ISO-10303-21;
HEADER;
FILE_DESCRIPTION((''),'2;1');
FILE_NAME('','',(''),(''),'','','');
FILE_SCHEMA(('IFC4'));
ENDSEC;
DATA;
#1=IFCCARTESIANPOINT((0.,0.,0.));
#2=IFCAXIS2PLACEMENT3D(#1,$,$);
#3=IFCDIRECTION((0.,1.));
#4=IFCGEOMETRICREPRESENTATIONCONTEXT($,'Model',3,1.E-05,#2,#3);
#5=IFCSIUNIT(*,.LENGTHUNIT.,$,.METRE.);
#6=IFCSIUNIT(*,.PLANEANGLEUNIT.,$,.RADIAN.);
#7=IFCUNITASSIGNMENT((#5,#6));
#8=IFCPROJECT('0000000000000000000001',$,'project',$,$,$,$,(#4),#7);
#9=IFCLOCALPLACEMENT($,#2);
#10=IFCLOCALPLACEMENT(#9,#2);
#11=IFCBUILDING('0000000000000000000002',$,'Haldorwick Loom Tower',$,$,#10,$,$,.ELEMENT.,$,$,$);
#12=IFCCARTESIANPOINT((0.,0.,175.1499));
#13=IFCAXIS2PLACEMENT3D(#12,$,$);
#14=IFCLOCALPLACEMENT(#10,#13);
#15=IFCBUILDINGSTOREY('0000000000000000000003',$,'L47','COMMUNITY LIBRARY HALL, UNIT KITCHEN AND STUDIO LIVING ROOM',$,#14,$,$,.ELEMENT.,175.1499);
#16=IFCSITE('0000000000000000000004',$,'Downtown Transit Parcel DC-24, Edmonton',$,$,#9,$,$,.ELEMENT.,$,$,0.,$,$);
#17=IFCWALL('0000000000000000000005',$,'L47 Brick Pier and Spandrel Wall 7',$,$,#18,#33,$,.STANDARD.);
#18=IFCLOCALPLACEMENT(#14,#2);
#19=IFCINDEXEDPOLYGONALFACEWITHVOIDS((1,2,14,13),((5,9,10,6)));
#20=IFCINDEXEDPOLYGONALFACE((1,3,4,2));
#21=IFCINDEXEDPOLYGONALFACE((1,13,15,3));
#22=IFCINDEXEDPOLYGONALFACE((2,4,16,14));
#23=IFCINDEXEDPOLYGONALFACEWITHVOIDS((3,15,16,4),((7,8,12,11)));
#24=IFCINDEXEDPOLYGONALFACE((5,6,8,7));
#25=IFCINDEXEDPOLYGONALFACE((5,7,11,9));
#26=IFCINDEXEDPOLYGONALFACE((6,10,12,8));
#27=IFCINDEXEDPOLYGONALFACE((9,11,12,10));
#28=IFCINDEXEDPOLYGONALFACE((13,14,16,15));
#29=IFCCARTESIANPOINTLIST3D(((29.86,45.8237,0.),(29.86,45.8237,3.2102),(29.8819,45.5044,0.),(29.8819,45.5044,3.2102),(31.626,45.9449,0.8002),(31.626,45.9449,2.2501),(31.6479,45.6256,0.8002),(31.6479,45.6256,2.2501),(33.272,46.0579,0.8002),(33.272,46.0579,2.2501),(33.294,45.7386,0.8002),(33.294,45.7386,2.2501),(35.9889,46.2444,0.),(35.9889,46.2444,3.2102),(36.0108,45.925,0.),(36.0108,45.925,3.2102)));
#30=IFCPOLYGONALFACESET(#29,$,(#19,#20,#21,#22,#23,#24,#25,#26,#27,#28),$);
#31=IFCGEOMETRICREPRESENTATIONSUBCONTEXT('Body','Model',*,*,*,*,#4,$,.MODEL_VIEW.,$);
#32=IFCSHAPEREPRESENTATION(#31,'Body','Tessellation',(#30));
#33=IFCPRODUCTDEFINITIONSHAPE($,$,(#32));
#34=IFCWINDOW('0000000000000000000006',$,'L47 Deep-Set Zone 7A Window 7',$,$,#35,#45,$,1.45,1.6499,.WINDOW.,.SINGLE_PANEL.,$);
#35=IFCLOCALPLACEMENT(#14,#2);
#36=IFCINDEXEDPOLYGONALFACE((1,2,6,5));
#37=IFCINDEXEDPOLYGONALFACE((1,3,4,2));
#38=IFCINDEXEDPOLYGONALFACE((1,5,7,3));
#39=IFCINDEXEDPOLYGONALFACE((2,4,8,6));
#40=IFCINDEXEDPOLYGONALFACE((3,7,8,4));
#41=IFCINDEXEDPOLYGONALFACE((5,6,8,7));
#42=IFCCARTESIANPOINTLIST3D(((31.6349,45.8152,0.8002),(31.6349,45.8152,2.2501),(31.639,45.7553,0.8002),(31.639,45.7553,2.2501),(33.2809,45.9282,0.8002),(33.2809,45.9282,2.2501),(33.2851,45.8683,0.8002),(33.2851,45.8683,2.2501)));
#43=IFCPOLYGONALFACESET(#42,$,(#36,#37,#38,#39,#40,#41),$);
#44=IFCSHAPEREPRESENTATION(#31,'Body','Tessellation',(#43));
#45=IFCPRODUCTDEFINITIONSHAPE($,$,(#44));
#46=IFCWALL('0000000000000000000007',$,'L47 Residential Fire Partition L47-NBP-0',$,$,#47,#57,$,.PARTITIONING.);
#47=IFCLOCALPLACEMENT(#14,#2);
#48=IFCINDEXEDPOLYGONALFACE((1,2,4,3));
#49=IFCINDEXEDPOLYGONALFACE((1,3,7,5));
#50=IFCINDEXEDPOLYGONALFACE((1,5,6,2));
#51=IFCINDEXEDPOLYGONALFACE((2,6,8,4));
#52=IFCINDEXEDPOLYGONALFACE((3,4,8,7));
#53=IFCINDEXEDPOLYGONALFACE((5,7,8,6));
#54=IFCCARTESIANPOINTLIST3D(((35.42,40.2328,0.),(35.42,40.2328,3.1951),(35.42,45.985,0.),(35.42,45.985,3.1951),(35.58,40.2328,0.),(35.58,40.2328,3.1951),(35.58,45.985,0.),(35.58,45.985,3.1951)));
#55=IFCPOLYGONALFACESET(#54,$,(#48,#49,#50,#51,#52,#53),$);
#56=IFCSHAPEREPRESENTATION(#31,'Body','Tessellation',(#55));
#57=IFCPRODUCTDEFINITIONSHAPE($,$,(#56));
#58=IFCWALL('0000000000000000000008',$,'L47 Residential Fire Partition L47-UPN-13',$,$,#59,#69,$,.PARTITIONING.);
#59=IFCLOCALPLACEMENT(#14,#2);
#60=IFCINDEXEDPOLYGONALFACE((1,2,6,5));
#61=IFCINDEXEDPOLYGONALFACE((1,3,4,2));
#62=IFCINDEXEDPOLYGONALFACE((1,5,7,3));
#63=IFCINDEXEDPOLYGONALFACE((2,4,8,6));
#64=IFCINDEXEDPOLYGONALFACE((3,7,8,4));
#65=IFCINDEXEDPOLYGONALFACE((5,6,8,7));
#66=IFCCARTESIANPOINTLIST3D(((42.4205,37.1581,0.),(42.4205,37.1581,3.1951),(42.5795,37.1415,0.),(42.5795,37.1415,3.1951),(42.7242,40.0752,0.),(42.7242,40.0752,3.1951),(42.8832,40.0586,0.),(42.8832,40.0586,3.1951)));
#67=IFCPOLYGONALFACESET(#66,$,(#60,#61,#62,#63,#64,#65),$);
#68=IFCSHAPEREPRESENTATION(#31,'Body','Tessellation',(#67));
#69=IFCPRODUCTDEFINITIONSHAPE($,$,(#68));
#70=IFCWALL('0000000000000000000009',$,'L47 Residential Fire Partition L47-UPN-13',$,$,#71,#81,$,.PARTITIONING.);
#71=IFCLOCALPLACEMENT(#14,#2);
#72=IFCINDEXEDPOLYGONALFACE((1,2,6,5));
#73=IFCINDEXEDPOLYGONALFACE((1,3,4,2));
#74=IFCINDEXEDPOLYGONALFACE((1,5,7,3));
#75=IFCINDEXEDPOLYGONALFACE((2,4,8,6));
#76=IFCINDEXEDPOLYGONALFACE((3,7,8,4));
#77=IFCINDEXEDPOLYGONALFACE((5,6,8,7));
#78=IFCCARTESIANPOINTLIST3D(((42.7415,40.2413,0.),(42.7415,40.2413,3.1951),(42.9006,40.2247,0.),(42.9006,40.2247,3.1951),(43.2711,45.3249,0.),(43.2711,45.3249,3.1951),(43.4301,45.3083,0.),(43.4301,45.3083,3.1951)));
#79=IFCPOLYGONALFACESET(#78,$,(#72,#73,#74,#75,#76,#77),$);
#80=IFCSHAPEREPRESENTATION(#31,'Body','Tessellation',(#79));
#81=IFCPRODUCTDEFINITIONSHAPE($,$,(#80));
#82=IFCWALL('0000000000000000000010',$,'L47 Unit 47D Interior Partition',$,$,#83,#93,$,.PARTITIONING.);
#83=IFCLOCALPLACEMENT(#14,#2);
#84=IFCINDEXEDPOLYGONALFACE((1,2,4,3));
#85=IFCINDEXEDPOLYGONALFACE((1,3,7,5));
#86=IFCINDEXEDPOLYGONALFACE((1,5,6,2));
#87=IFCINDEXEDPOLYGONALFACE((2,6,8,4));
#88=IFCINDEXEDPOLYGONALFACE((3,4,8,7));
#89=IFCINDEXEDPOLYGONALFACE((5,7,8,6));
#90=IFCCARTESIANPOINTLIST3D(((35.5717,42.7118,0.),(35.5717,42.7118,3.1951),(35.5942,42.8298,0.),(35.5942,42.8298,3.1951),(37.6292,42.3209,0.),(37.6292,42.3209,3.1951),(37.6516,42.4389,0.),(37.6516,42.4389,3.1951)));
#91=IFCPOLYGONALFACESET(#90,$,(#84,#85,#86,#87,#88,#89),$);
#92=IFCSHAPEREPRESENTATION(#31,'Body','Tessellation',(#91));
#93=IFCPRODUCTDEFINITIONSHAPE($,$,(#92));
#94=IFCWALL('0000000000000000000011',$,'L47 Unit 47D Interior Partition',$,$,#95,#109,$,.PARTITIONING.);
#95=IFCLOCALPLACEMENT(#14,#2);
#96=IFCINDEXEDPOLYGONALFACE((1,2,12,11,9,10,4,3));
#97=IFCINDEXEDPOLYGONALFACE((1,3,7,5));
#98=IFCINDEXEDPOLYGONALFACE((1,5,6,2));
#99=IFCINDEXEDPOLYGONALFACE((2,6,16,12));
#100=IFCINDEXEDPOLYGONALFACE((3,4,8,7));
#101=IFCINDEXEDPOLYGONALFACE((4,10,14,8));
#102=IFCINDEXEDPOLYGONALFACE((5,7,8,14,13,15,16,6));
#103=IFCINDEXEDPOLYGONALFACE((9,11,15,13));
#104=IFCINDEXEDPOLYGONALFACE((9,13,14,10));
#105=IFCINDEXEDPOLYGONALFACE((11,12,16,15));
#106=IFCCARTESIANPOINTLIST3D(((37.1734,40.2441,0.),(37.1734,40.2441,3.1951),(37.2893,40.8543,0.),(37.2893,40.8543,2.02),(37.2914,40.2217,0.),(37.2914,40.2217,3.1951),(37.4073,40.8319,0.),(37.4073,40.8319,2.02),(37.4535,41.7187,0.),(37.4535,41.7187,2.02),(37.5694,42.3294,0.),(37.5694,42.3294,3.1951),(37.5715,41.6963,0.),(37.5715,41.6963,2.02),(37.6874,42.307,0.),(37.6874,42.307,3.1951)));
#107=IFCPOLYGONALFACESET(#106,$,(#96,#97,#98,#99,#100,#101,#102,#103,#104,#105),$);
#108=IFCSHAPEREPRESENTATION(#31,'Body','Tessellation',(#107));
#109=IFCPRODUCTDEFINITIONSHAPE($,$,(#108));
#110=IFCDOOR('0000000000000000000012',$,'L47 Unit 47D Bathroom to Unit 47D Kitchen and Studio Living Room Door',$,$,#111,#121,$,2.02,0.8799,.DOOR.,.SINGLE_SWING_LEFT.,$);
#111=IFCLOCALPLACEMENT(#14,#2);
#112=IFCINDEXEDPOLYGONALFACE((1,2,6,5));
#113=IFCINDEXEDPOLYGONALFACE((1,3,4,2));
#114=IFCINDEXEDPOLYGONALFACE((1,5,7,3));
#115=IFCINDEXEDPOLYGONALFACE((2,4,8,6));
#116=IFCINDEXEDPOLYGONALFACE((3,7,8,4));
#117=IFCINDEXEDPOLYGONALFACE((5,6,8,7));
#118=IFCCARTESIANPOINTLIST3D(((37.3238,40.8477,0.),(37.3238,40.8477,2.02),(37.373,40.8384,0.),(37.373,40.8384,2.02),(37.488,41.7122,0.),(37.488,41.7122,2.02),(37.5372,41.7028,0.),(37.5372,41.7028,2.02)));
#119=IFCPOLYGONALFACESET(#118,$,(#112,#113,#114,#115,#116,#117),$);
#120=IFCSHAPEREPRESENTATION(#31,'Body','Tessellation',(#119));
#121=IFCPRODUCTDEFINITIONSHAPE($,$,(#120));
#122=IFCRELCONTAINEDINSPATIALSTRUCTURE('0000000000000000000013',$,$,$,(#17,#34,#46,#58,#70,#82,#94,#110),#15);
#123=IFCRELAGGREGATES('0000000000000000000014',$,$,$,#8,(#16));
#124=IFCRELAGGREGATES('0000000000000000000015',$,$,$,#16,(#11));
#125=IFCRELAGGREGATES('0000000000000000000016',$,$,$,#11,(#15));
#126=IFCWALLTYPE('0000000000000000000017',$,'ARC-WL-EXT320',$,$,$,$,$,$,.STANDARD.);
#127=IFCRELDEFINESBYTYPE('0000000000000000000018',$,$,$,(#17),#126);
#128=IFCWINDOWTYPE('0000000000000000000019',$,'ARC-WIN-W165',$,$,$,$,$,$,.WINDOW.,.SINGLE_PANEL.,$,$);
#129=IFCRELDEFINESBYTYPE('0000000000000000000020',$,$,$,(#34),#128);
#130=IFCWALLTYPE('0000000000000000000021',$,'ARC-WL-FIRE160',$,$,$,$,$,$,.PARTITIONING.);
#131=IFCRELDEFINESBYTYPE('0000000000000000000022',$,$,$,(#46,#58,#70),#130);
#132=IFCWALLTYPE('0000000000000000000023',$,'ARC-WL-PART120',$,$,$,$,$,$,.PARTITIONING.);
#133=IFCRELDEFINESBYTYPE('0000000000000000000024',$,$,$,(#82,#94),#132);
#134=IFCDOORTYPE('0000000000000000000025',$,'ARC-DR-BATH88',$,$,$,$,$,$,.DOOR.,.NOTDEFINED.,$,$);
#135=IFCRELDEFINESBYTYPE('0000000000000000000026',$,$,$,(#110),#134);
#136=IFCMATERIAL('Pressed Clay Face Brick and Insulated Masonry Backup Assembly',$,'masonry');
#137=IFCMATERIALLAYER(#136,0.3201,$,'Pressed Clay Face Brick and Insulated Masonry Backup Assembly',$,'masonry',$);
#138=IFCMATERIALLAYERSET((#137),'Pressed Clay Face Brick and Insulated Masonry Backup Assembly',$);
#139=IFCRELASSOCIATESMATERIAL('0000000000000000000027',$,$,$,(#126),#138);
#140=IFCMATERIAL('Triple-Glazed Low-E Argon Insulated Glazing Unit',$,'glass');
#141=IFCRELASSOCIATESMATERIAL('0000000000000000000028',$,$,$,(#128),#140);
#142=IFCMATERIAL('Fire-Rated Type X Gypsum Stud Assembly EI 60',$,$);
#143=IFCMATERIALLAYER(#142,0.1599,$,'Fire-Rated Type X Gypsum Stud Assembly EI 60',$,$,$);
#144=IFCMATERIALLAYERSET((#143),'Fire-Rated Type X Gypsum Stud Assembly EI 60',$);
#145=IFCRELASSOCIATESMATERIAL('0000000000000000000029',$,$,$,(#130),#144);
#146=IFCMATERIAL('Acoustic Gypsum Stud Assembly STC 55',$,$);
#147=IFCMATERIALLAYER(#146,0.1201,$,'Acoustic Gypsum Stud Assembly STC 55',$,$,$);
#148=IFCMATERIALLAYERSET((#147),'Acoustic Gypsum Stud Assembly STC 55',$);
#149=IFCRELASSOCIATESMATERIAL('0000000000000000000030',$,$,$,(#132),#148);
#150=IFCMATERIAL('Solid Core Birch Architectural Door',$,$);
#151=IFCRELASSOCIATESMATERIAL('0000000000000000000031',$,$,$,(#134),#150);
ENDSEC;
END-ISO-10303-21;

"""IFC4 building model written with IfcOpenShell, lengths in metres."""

from ifc_helpers import new_model, si_unit, direction, frame, frame_2d, origin, place, context, subcontext, project, spatial, rectangle, extrude, material, layer, layer_set, type_object, element, fill, save


model = new_model("IFC4")

# Units and contexts
model_context = context("Model", 3, precision=1e-05, world=origin(), true_north=direction((0.0, 1.0)))
body_context = subcontext(model_context, "Body", "Model", "MODEL_VIEW")
ifc_project = project(units=[si_unit("LENGTHUNIT", "METRE"), si_unit("PLANEANGLEUNIT", "RADIAN")], contexts=[model_context])

# Site, building, storey
site_placement = place(None, origin())
site = spatial("IfcSite", under=ifc_project, at=site_placement, Name="Downtown Transit Parcel DC-24, Edmonton", CompositionType="ELEMENT", RefElevation=0.0)
building_placement = place(site_placement, origin())
building = spatial("IfcBuilding", under=site, at=building_placement, Name="Haldorwick Loom Tower", CompositionType="ELEMENT")
storey_placement = place(building_placement, frame((0.0, 0.0, 175.1499)))
storey = spatial("IfcBuildingStorey", under=building, at=storey_placement, Name="L47", Description="COMMUNITY LIBRARY HALL, UNIT KITCHEN AND STUDIO LIVING ROOM", CompositionType="ELEMENT", Elevation=175.1499)

# Wall, opening, window
ifc_material_1 = material(Name="Pressed Clay Face Brick and Insulated Masonry Backup Assembly", Category="masonry")
ifc_layer_1 = layer(ifc_material_1, 0.3201, Name="Pressed Clay Face Brick and Insulated Masonry Backup Assembly", Category="masonry")
ifc_layer_set_1 = layer_set([ifc_layer_1], Name="Pressed Clay Face Brick and Insulated Masonry Backup Assembly")
wall_type_1 = type_object("IfcWallType", Name="ARC-WL-EXT320", PredefinedType="STANDARD", material=ifc_layer_set_1)
ifc_material_2 = material(Name="Triple-Glazed Low-E Argon Insulated Glazing Unit", Category="glass")
window_type = type_object("IfcWindowType", Name="ARC-WIN-W165", PartitioningType="SINGLE_PANEL", PredefinedType="WINDOW", material=ifc_material_2)
wall_1_placement = place(storey_placement, frame((36.0, 46.0847, 0.0), z_axis=(0.0, 0.0, 1.0), x_axis=(-0.997653, -0.068473, 0.0)))
wall_1 = element("IfcWall", 1, at=wall_1_placement, inside=storey, type_object=wall_type_1, Name="L47 Brick Pier and Spandrel Wall 7", PredefinedType="STANDARD", context=body_context, shape_type="SweptSolid", body=[
    extrude(rectangle(XDim=6.1433, YDim=0.3201, at=frame_2d((3.0718, 0.0))), origin(), (0.0, 0.0, 1.0), 3.2102),
])
opening_1_placement = place(wall_1_placement, frame((2.7234, 0.0, 0.8)))
opening_1 = element("IfcOpeningElement", 2, at=opening_1_placement, cuts=wall_1, PredefinedType="OPENING", context=body_context, shape_type="SweptSolid", body=[
    extrude(rectangle(XDim=1.6499, YDim=1.45, at=frame_2d((0.825, 0.7251))), frame((0.0, 0.1699, 0.0), z_axis=(0.0, -1.0, 0.0), x_axis=(1.0, 0.0, 0.0)), (0.0, 0.0, 1.0), 0.3401),
])
window_1_placement = place(opening_1_placement, origin())
window_1 = element("IfcWindow", 3, at=window_1_placement, inside=storey, type_object=window_type, Name="L47 Deep-Set Zone 7A Window 7", OverallHeight=1.45, OverallWidth=1.6499, PartitioningType="SINGLE_PANEL", PredefinedType="WINDOW", context=body_context, shape_type="SweptSolid", body=[
    extrude(rectangle(XDim=1.6499, YDim=1.45, at=frame_2d((0.825, 0.7251))), frame((0.0, 0.03, 0.0), z_axis=(0.0, -1.0, 0.0), x_axis=(1.0, 0.0, 0.0)), (0.0, 0.0, 1.0), 0.0601),
])
fill(opening_1, window_1)

# Walls
ifc_material_3 = material(Name="Fire-Rated Type X Gypsum Stud Assembly EI 60")
ifc_layer_2 = layer(ifc_material_3, 0.1599, Name="Fire-Rated Type X Gypsum Stud Assembly EI 60")
ifc_layer_set_2 = layer_set([ifc_layer_2], Name="Fire-Rated Type X Gypsum Stud Assembly EI 60")
wall_type_2 = type_object("IfcWallType", Name="ARC-WL-FIRE160", PredefinedType="PARTITIONING", material=ifc_layer_set_2)
wall_2_placement = place(storey_placement, frame((35.5, 40.2329, 0.0), z_axis=(0.0, 0.0, 1.0), x_axis=(0.0, 1.0, 0.0)))
element("IfcWall", 4, at=wall_2_placement, inside=storey, type_object=wall_type_2, Name="L47 Residential Fire Partition L47-NBP-0", PredefinedType="PARTITIONING", context=body_context, shape_type="SweptSolid", body=[
    extrude(rectangle(XDim=5.7522, YDim=0.1599, at=frame_2d((2.876, 0.0))), origin(), (0.0, 0.0, 1.0), 3.1951),
])
wall_3_placement = place(storey_placement, frame((42.5, 37.1499, 0.0), z_axis=(0.0, 0.0, 1.0), x_axis=(0.103558, 0.994623, 0.0)))
element("IfcWall", 5, at=wall_3_placement, inside=storey, type_object=wall_type_2, Name="L47 Residential Fire Partition L47-UPN-13", PredefinedType="PARTITIONING", context=body_context, shape_type="SweptSolid", body=[
    extrude(rectangle(XDim=2.9329, YDim=0.1599, at=frame_2d((1.4663, 0.0))), origin(), (0.0, 0.0, 1.0), 3.1951),
])
wall_4_placement = place(storey_placement, frame((42.821, 40.2329, 0.0), z_axis=(0.0, 0.0, 1.0), x_axis=(0.103608, 0.994618, 0.0)))
element("IfcWall", 6, at=wall_4_placement, inside=storey, type_object=wall_type_2, Name="L47 Residential Fire Partition L47-UPN-13", PredefinedType="PARTITIONING", context=body_context, shape_type="SweptSolid", body=[
    extrude(rectangle(XDim=5.1111, YDim=0.1599, at=frame_2d((2.5557, 0.0))), origin(), (0.0, 0.0, 1.0), 3.1951),
])
ifc_material_4 = material(Name="Acoustic Gypsum Stud Assembly STC 55")
ifc_layer_3 = layer(ifc_material_4, 0.1201, Name="Acoustic Gypsum Stud Assembly STC 55")
ifc_layer_set_3 = layer_set([ifc_layer_3], Name="Acoustic Gypsum Stud Assembly STC 55")
wall_type_3 = type_object("IfcWallType", Name="ARC-WL-PART120", PredefinedType="PARTITIONING", material=ifc_layer_set_3)
wall_5_placement = place(storey_placement, frame((37.6404, 42.3799, 0.0), z_axis=(0.0, 0.0, 1.0), x_axis=(-0.982427, 0.186646, 0.0)))
element("IfcWall", 7, at=wall_5_placement, inside=storey, type_object=wall_type_3, Name="L47 Unit 47D Interior Partition", PredefinedType="PARTITIONING", context=body_context, shape_type="SweptSolid", body=[
    extrude(rectangle(XDim=2.0942, YDim=0.1201, at=frame_2d((1.0471, 0.0))), origin(), (0.0, 0.0, 1.0), 3.1951),
])

# Wall, opening, door
wall_6_placement = place(storey_placement, frame((37.2324, 40.2329, 0.0), z_axis=(0.0, 0.0, 1.0), x_axis=(0.186573, 0.982441, 0.0)))
wall_6 = element("IfcWall", 8, at=wall_6_placement, inside=storey, type_object=wall_type_3, Name="L47 Unit 47D Interior Partition", PredefinedType="PARTITIONING", context=body_context, shape_type="SweptSolid", body=[
    extrude(rectangle(XDim=2.1226, YDim=0.1201, at=frame_2d((1.0613, 0.0))), origin(), (0.0, 0.0, 1.0), 3.1951),
])
opening_2_placement = place(wall_6_placement, frame((0.6211, 0.0, 0.0)))
opening_2 = element("IfcOpeningElement", 9, at=opening_2_placement, cuts=wall_6, PredefinedType="OPENING", context=body_context, shape_type="SweptSolid", body=[
    extrude(rectangle(XDim=0.8799, YDim=2.02, at=frame_2d((0.4399, 1.01))), frame((0.0, 0.0701, 0.0), z_axis=(0.0, -1.0, 0.0), x_axis=(1.0, 0.0, 0.0)), (0.0, 0.0, 1.0), 0.1401),
])
ifc_material_5 = material(Name="Solid Core Birch Architectural Door")
door_type = type_object("IfcDoorType", Name="ARC-DR-BATH88", OperationType="NOTDEFINED", PredefinedType="DOOR", material=ifc_material_5)
door_placement = place(opening_2_placement, origin())
door = element("IfcDoor", 10, at=door_placement, inside=storey, type_object=door_type, Name="L47 Unit 47D Bathroom to Unit 47D Kitchen and Studio Living Room Door", OperationType="SINGLE_SWING_LEFT", OverallHeight=2.02, OverallWidth=0.8799, PredefinedType="DOOR", context=body_context, shape_type="SweptSolid", body=[
    extrude(rectangle(XDim=0.8799, YDim=2.02, at=frame_2d((0.4399, 1.01))), frame((0.0, 0.0249, 0.0), z_axis=(0.0, -1.0, 0.0), x_axis=(1.0, 0.0, 0.0)), (0.0, 0.0, 1.0), 0.05),
])
fill(opening_2, door)

save(model, "model.ifc")
